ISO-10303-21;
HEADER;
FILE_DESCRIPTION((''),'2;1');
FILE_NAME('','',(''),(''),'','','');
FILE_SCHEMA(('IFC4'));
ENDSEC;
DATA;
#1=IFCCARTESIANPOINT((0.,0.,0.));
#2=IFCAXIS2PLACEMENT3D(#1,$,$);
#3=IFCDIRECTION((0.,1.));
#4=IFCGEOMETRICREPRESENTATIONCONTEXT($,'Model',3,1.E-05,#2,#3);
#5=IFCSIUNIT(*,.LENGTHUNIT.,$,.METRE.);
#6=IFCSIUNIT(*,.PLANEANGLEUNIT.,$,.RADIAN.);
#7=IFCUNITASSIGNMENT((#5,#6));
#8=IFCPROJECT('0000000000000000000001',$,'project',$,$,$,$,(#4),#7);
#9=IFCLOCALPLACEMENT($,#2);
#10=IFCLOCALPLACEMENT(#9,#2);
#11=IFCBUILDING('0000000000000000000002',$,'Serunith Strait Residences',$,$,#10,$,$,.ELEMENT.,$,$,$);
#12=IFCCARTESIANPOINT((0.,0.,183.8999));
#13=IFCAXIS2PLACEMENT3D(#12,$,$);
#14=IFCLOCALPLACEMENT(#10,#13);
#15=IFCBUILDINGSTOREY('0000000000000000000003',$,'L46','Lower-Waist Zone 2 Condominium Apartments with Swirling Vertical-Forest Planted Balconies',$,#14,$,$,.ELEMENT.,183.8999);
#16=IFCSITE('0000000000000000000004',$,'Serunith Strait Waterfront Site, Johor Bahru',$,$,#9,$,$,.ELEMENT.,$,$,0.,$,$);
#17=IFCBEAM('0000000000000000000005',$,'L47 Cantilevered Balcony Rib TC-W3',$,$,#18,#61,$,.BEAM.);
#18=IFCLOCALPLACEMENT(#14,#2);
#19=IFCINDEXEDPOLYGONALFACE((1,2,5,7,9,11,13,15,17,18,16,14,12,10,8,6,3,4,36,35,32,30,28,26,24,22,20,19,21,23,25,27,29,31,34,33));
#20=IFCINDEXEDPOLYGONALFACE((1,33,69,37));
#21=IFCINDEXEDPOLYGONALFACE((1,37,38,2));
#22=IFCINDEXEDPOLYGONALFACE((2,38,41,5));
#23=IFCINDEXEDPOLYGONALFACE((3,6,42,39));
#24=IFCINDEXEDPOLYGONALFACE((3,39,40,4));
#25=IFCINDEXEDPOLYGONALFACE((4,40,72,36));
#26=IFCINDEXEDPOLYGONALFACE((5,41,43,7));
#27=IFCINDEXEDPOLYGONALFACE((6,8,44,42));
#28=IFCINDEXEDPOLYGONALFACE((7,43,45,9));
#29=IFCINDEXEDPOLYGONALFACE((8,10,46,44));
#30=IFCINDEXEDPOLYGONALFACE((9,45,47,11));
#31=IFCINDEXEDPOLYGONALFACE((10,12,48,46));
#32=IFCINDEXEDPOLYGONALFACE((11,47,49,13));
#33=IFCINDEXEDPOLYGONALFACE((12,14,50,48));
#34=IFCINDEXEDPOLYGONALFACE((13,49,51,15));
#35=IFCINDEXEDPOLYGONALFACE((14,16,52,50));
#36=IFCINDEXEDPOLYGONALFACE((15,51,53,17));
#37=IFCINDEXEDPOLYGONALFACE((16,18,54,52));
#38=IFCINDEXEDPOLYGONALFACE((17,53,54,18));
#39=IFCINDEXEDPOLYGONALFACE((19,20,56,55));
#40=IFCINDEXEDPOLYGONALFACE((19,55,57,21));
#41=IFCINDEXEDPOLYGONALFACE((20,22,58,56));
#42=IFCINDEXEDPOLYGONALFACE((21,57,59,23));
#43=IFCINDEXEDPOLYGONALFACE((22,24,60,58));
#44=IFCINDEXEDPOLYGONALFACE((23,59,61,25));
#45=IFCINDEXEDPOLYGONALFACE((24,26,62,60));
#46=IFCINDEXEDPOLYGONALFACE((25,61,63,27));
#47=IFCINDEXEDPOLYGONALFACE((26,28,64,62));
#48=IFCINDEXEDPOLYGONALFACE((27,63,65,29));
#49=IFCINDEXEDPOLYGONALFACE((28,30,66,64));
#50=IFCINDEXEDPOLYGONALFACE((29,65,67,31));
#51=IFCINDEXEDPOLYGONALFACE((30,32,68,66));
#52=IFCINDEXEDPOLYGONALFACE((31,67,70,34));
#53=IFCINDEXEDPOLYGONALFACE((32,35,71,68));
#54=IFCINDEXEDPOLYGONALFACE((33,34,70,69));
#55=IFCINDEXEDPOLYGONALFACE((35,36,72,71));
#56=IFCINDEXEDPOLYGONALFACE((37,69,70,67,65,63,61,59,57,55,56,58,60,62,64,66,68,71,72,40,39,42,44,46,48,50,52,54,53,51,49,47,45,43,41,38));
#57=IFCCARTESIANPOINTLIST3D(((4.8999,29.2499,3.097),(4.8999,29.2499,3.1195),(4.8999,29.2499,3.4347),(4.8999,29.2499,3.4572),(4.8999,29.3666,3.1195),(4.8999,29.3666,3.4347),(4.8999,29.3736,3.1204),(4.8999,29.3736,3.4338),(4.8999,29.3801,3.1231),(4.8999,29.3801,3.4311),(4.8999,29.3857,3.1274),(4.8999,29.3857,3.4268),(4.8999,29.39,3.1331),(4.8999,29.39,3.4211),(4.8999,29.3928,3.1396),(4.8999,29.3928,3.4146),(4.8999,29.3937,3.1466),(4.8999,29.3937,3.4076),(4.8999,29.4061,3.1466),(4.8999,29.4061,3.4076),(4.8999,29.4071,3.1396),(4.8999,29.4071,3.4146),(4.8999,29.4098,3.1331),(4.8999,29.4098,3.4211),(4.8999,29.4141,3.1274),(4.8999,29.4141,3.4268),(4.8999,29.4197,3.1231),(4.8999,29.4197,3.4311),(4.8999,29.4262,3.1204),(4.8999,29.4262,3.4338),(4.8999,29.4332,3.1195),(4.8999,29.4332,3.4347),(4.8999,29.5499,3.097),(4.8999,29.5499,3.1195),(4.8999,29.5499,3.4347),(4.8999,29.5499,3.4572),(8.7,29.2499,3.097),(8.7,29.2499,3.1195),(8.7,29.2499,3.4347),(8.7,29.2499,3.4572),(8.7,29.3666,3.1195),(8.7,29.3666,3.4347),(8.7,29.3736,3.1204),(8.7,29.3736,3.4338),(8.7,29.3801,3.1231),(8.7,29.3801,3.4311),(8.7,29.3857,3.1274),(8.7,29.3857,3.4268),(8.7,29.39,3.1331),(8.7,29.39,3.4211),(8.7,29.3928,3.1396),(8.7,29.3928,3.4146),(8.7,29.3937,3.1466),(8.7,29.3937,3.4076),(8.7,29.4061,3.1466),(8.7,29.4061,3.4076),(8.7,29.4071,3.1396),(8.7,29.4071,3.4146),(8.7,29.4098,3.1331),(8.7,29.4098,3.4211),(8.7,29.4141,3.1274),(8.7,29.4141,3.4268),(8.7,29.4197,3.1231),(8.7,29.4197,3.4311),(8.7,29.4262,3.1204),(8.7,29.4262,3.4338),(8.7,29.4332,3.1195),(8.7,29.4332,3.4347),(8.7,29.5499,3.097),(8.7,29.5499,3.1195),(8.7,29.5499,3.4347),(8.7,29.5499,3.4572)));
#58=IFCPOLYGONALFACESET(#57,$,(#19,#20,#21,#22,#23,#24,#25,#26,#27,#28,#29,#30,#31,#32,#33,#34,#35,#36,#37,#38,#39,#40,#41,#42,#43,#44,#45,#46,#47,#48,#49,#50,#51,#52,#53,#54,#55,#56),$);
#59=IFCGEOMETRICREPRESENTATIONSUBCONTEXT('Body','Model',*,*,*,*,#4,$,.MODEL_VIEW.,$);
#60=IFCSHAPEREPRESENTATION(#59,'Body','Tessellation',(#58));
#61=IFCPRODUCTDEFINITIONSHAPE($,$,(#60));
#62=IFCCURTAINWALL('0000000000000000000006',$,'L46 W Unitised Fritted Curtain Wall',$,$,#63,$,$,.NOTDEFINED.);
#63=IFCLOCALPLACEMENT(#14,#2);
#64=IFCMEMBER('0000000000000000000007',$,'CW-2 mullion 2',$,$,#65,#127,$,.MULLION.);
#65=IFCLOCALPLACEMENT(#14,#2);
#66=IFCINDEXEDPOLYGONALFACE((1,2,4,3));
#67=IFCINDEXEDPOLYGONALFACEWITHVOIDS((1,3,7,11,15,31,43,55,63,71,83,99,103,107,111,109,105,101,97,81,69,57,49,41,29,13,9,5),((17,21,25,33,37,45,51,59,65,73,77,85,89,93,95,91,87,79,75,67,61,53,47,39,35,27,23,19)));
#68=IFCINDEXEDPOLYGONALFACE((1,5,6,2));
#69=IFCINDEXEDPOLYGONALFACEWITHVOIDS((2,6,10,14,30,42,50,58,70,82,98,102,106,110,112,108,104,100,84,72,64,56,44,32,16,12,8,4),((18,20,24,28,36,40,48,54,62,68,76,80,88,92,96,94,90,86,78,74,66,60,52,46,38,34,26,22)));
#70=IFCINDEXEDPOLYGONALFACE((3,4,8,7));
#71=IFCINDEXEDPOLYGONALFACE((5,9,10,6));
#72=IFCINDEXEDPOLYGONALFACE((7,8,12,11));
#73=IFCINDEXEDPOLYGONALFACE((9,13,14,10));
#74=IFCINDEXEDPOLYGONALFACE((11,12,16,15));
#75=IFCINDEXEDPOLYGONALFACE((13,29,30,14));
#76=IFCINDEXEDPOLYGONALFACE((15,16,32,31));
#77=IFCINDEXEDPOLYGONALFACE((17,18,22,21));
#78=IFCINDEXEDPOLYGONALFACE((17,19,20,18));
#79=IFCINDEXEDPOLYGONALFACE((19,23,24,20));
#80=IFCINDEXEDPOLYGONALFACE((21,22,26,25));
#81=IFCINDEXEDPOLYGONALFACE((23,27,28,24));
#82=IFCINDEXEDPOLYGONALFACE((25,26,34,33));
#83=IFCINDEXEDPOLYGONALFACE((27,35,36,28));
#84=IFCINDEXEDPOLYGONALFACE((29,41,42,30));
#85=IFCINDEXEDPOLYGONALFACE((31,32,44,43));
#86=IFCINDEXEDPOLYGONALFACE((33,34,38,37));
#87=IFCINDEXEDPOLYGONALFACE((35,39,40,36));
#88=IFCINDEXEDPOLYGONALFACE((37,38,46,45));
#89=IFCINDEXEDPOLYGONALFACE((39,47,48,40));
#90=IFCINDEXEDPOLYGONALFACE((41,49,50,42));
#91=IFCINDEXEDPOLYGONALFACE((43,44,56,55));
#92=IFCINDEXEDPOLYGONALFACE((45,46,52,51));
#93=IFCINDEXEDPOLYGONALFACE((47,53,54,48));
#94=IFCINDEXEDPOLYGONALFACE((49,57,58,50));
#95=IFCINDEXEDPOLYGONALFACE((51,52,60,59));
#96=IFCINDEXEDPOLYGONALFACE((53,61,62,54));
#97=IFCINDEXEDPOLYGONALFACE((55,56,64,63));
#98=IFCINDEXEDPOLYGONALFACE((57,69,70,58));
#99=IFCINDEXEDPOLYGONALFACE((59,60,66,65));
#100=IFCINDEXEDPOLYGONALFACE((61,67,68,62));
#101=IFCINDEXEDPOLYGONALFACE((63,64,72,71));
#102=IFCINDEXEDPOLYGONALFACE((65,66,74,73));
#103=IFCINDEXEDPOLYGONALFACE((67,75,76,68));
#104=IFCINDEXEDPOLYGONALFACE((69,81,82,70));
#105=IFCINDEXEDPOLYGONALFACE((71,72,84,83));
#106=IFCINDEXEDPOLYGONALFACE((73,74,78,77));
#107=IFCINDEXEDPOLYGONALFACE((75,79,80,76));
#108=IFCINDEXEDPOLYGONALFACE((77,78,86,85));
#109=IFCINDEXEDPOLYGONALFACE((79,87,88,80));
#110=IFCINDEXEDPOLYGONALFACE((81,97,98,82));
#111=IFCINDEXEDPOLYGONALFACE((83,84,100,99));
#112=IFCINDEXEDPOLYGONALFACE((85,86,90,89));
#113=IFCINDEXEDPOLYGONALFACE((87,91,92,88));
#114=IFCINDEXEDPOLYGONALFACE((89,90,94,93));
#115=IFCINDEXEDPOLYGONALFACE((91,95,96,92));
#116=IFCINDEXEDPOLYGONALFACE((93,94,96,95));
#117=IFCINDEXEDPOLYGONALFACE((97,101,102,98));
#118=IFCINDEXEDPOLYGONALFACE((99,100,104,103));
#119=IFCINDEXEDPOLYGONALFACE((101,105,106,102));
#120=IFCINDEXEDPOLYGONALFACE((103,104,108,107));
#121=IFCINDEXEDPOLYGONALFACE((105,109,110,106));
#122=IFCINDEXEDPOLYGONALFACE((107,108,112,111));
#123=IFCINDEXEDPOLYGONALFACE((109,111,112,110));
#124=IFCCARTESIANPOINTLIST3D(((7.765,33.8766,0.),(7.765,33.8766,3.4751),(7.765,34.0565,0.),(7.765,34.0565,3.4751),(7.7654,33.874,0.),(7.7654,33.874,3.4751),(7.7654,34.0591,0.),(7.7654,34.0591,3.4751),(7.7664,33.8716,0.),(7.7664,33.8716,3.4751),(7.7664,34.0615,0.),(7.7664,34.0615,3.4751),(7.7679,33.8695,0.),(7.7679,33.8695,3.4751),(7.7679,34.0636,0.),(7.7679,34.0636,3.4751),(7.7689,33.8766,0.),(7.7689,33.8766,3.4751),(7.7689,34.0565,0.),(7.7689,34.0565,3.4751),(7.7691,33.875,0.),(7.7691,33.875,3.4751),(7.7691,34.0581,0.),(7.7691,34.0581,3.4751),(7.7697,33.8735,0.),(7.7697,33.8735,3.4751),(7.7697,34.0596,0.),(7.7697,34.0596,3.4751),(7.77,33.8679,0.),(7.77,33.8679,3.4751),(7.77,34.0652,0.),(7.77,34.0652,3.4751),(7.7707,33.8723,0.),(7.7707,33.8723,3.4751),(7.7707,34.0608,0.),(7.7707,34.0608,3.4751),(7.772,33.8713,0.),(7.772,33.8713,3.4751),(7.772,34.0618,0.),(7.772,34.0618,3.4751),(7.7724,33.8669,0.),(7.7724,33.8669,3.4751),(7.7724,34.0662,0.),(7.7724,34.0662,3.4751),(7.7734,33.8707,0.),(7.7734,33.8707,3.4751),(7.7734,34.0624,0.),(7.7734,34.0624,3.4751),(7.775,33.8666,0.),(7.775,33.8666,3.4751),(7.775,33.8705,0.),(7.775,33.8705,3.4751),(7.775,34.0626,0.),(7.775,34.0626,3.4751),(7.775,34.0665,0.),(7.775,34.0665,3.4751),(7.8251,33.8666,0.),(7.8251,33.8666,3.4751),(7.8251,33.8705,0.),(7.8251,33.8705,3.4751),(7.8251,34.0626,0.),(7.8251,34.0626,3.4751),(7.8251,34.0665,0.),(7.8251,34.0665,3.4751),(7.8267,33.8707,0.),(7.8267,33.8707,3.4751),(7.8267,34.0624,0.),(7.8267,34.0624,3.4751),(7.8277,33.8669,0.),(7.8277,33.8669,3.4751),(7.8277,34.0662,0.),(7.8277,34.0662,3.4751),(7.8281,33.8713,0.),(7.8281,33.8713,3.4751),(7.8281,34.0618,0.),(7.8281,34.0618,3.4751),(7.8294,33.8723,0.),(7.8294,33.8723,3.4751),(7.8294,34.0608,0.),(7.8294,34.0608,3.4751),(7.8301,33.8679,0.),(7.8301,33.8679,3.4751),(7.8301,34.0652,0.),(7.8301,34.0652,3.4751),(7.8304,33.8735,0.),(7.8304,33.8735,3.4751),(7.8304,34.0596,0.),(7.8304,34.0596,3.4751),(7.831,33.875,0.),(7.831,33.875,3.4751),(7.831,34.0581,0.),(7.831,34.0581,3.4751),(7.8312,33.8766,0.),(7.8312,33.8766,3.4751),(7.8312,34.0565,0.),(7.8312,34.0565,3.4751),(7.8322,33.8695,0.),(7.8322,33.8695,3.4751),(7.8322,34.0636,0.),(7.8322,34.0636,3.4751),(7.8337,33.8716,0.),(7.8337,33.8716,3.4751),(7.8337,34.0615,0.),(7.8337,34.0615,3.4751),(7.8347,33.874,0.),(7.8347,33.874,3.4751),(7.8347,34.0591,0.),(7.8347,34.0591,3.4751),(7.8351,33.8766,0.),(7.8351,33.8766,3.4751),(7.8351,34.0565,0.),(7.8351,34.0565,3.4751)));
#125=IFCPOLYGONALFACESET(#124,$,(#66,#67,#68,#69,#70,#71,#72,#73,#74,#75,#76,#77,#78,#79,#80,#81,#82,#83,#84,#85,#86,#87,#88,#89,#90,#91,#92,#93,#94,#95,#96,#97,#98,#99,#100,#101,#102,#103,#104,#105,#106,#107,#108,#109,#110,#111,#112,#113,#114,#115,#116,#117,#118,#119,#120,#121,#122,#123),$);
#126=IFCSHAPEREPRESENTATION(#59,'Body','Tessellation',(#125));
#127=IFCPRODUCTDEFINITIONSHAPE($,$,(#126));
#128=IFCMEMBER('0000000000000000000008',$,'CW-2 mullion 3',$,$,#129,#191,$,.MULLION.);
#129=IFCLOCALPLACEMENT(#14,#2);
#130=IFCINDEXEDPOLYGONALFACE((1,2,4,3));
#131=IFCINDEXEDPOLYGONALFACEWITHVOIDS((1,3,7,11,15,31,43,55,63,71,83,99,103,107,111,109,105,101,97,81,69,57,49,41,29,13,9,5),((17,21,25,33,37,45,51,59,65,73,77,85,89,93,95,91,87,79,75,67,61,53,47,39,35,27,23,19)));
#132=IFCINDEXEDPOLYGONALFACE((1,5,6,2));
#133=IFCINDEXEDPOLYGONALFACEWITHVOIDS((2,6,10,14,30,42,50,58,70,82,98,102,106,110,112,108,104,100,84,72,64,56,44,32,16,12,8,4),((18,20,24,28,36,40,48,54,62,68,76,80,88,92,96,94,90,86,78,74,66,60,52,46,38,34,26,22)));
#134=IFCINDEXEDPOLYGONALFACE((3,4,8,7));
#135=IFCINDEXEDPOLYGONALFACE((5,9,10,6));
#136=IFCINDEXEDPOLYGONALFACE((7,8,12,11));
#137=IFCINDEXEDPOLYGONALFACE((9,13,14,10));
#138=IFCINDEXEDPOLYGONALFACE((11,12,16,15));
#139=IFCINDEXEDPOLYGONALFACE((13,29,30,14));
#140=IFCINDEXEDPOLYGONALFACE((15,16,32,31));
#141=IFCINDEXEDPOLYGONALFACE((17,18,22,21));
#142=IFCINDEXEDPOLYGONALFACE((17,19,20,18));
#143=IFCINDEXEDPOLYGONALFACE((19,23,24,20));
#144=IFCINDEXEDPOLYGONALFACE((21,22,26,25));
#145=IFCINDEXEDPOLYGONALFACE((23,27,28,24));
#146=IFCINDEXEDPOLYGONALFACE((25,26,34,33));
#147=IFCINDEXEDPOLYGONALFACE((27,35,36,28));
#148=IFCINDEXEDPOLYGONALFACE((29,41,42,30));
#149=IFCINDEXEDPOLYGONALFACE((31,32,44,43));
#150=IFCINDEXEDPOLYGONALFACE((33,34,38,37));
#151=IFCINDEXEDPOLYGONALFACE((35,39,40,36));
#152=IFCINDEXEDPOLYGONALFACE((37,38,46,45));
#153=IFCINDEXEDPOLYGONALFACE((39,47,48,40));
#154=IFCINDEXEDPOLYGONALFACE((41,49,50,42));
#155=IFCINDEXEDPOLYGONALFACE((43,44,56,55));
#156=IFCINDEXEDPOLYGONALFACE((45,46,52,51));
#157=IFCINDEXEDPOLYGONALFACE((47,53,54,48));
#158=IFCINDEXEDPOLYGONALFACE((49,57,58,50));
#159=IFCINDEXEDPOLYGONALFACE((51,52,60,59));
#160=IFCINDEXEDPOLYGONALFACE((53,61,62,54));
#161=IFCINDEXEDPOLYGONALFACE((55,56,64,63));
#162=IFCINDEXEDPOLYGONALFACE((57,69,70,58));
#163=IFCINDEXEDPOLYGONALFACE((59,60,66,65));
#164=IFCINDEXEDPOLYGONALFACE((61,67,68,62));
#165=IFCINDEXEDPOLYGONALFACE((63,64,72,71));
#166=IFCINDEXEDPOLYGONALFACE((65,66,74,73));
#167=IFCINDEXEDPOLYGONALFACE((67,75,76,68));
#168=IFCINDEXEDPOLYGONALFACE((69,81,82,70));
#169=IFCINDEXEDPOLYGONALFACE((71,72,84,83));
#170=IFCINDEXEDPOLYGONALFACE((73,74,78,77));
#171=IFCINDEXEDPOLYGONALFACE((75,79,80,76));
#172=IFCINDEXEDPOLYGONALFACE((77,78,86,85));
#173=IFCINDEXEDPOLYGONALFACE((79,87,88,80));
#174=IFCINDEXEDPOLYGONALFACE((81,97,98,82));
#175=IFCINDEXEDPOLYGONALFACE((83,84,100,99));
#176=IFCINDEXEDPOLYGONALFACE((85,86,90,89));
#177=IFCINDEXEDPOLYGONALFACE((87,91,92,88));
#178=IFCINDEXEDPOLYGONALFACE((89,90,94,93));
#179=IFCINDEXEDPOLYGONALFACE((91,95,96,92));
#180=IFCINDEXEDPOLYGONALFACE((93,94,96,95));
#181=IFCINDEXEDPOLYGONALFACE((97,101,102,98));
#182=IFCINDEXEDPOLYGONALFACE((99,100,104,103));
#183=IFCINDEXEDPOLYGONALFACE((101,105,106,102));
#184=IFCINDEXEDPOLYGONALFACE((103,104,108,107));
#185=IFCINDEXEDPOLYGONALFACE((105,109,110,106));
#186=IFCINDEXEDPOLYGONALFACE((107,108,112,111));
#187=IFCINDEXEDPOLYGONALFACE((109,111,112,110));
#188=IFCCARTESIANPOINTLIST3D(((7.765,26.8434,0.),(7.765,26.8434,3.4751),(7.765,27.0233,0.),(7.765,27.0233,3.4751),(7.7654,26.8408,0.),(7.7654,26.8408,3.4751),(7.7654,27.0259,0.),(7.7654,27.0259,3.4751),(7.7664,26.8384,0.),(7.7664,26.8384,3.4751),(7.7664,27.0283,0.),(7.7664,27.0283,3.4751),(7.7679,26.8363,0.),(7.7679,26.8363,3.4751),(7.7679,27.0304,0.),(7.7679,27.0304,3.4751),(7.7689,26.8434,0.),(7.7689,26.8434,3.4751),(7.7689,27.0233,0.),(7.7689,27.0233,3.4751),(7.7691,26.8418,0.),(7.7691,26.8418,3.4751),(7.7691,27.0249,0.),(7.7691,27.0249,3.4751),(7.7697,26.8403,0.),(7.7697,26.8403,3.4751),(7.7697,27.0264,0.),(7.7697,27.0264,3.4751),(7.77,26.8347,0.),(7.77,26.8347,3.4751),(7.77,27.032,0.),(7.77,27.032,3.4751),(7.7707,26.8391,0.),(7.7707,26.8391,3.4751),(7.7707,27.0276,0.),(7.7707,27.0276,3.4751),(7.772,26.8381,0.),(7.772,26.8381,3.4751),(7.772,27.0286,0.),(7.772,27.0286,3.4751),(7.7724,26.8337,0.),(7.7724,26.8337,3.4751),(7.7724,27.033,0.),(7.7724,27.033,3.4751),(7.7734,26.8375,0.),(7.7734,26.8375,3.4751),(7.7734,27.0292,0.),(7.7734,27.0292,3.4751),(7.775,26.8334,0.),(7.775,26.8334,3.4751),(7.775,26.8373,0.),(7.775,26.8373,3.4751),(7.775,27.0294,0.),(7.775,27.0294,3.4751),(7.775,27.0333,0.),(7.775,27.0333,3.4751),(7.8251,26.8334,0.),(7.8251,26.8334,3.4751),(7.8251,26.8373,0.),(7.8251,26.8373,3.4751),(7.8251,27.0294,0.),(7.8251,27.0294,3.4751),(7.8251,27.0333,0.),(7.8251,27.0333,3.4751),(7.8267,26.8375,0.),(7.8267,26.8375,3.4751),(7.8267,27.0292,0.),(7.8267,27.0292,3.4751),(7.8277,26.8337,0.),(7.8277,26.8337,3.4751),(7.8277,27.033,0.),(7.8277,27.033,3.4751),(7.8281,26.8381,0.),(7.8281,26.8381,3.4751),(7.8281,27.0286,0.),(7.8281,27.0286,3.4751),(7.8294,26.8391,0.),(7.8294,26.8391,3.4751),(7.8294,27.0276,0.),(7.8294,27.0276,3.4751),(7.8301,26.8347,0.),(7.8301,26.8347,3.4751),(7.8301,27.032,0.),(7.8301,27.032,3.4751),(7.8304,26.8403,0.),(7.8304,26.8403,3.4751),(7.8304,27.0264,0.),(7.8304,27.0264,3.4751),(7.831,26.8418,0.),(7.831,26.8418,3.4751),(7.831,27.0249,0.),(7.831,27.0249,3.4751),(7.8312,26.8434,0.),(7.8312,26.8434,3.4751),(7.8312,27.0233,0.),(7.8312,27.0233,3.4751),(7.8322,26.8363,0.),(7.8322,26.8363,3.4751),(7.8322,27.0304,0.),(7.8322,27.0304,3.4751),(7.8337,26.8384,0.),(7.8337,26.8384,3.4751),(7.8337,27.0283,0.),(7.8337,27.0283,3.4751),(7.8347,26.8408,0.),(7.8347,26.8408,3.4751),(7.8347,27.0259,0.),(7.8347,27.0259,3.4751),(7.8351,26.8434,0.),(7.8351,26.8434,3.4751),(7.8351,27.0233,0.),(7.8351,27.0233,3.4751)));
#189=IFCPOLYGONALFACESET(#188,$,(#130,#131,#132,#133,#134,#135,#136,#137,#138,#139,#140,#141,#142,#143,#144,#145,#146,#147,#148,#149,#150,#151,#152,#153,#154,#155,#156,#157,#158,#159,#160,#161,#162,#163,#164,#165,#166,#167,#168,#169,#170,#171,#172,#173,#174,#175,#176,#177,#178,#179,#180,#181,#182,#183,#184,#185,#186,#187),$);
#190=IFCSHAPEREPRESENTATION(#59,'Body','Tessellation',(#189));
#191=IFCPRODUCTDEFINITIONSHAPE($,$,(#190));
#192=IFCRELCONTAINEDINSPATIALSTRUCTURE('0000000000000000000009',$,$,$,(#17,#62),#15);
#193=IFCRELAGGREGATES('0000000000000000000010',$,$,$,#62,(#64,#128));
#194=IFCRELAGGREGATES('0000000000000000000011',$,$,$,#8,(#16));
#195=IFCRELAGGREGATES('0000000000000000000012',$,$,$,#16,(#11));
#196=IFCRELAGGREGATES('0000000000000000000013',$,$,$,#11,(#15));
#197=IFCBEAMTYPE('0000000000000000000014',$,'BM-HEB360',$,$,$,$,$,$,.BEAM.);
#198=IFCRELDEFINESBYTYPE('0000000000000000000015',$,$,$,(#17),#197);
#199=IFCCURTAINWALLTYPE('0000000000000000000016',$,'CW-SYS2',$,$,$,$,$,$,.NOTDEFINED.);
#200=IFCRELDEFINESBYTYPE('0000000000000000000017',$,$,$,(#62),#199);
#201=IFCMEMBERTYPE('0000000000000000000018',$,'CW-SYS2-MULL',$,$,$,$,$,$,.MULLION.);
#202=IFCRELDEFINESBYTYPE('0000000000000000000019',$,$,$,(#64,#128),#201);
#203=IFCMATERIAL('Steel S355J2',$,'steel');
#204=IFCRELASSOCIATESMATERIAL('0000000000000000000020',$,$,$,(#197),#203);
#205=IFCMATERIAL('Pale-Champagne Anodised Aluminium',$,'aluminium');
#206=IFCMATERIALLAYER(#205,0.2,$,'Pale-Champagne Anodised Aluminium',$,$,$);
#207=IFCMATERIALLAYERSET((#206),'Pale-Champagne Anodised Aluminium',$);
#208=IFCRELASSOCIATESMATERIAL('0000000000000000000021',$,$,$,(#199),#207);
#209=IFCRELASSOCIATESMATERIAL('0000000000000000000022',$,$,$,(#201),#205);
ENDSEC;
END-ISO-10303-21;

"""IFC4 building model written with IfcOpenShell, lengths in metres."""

from ifc_helpers import new_model, si_unit, direction, frame, origin, origin_2d, place, context, subcontext, project, spatial, hollow_rectangle, i_section, extrude, source, transform, mapped, material, layer, layer_set, material_profile, profile_set, type_object, element, aggregate, save


model = new_model("IFC4")

# Units and contexts
model_context = context("Model", 3, precision=1e-05, world=origin(), true_north=direction((0.0, 1.0)))
body_context = subcontext(model_context, "Body", "Model", "MODEL_VIEW")
ifc_project = project(units=[si_unit("LENGTHUNIT", "METRE"), si_unit("PLANEANGLEUNIT", "RADIAN")], contexts=[model_context])

# Site, building, storey
site_placement = place(None, origin())
site = spatial("IfcSite", under=ifc_project, at=site_placement, Name="Serunith Strait Waterfront Site, Johor Bahru", CompositionType="ELEMENT", RefElevation=0.0)
building_placement = place(site_placement, origin())
building = spatial("IfcBuilding", under=site, at=building_placement, Name="Serunith Strait Residences", CompositionType="ELEMENT")
storey_placement = place(building_placement, frame((0.0, 0.0, 183.8999)))
storey = spatial("IfcBuildingStorey", under=building, at=storey_placement, Name="L46", Description="Lower-Waist Zone 2 Condominium Apartments with Swirling Vertical-Forest Planted Balconies", CompositionType="ELEMENT", Elevation=183.8999)

# Beam
ifc_material_1 = material(Name="Steel S355J2", Category="steel")
ifc_material_profile_1 = material_profile(ifc_material_1, i_section(OverallWidth=0.3, OverallDepth=0.3601, WebThickness=0.0125, FlangeThickness=0.0225, FilletRadius=0.0271, at=origin_2d()), Name="HEB 360")
ifc_profile_set_1 = profile_set([ifc_material_profile_1], Name="Steel S355J2")
beam_type_1 = type_object("IfcBeamType", Name="BM-HEB360", PredefinedType="BEAM", material=ifc_profile_set_1)
shared_shape_1 = source(origin(), body_context, "Body", "SweptSolid", [
    extrude(i_section(OverallWidth=0.3, OverallDepth=0.3601, WebThickness=0.0125, FlangeThickness=0.0225, FilletRadius=0.0271, at=origin_2d()), origin(), (0.0, 0.0, 1.0), 3.8),
])
beam_1_placement = place(storey_placement, frame((8.7, 29.3999, 3.2771), z_axis=(-1.0, 0.0, 0.0), x_axis=(0.0, -1.0, 0.0)))
element("IfcBeam", 1, at=beam_1_placement, inside=storey, type_object=beam_type_1, Name="L47 Cantilevered Balcony Rib TC-W3", PredefinedType="BEAM", context=body_context, shape_type="MappedRepresentation", body=[
    mapped(shared_shape_1, transform((0.0, 0.0, 0.0), scale=1.0)),
])

# Curtain wall, members
ifc_material_2 = material(Name="Pale-Champagne Anodised Aluminium", Category="aluminium")
ifc_layer_1 = layer(ifc_material_2, 0.2, Name="Pale-Champagne Anodised Aluminium")
ifc_layer_set_1 = layer_set([ifc_layer_1], Name="Pale-Champagne Anodised Aluminium")
curtain_wall_type = type_object("IfcCurtainWallType", Name="CW-SYS2", PredefinedType="NOTDEFINED", material=ifc_layer_set_1)
curtain_wall_placement = place(storey_placement, origin())
curtain_wall = element("IfcCurtainWall", 2, at=curtain_wall_placement, inside=storey, type_object=curtain_wall_type, Name="L46 W Unitised Fritted Curtain Wall", PredefinedType="NOTDEFINED")
ifc_material_profile_2 = material_profile(ifc_material_2, hollow_rectangle(XDim=0.0701, YDim=0.2, WallThickness=0.0039, InnerFilletRadius=0.0061, OuterFilletRadius=0.01, at=origin_2d()), Name="ALU 200x70x4")
ifc_profile_set_2 = profile_set([ifc_material_profile_2], Name="Pale-Champagne Anodised Aluminium")
member_type_1 = type_object("IfcMemberType", Name="CW-SYS2-MULL", PredefinedType="MULLION", material=ifc_profile_set_2)
shared_shape_2 = source(origin(), body_context, "Body", "SweptSolid", [
    extrude(hollow_rectangle(XDim=0.0701, YDim=0.2, WallThickness=0.0039, InnerFilletRadius=0.0061, OuterFilletRadius=0.01, at=origin_2d()), origin(), (0.0, 0.0, 1.0), 3.4751),
])
member_1_placement = place(storey_placement, frame((7.8, 33.9666, 0.0), z_axis=(0.0, 0.0, 1.0), x_axis=(1.0, 0.0, 0.0)))
member_1 = element("IfcMember", 3, at=member_1_placement, type_object=member_type_1, Name="CW-2 mullion 2", PredefinedType="MULLION", context=body_context, shape_type="MappedRepresentation", body=[
    mapped(shared_shape_2, transform((0.0, 0.0, 0.0), scale=1.0)),
])
member_2_placement = place(storey_placement, frame((7.8, 26.9333, 0.0), z_axis=(0.0, 0.0, 1.0), x_axis=(1.0, 0.0, 0.0)))
member_2 = element("IfcMember", 4, at=member_2_placement, type_object=member_type_1, Name="CW-2 mullion 3", PredefinedType="MULLION", context=body_context, shape_type="MappedRepresentation", body=[
    mapped(shared_shape_2, transform((0.0, 0.0, 0.0), scale=1.0)),
])
aggregate(curtain_wall, [member_1, member_2])

save(model, "model.ifc")
